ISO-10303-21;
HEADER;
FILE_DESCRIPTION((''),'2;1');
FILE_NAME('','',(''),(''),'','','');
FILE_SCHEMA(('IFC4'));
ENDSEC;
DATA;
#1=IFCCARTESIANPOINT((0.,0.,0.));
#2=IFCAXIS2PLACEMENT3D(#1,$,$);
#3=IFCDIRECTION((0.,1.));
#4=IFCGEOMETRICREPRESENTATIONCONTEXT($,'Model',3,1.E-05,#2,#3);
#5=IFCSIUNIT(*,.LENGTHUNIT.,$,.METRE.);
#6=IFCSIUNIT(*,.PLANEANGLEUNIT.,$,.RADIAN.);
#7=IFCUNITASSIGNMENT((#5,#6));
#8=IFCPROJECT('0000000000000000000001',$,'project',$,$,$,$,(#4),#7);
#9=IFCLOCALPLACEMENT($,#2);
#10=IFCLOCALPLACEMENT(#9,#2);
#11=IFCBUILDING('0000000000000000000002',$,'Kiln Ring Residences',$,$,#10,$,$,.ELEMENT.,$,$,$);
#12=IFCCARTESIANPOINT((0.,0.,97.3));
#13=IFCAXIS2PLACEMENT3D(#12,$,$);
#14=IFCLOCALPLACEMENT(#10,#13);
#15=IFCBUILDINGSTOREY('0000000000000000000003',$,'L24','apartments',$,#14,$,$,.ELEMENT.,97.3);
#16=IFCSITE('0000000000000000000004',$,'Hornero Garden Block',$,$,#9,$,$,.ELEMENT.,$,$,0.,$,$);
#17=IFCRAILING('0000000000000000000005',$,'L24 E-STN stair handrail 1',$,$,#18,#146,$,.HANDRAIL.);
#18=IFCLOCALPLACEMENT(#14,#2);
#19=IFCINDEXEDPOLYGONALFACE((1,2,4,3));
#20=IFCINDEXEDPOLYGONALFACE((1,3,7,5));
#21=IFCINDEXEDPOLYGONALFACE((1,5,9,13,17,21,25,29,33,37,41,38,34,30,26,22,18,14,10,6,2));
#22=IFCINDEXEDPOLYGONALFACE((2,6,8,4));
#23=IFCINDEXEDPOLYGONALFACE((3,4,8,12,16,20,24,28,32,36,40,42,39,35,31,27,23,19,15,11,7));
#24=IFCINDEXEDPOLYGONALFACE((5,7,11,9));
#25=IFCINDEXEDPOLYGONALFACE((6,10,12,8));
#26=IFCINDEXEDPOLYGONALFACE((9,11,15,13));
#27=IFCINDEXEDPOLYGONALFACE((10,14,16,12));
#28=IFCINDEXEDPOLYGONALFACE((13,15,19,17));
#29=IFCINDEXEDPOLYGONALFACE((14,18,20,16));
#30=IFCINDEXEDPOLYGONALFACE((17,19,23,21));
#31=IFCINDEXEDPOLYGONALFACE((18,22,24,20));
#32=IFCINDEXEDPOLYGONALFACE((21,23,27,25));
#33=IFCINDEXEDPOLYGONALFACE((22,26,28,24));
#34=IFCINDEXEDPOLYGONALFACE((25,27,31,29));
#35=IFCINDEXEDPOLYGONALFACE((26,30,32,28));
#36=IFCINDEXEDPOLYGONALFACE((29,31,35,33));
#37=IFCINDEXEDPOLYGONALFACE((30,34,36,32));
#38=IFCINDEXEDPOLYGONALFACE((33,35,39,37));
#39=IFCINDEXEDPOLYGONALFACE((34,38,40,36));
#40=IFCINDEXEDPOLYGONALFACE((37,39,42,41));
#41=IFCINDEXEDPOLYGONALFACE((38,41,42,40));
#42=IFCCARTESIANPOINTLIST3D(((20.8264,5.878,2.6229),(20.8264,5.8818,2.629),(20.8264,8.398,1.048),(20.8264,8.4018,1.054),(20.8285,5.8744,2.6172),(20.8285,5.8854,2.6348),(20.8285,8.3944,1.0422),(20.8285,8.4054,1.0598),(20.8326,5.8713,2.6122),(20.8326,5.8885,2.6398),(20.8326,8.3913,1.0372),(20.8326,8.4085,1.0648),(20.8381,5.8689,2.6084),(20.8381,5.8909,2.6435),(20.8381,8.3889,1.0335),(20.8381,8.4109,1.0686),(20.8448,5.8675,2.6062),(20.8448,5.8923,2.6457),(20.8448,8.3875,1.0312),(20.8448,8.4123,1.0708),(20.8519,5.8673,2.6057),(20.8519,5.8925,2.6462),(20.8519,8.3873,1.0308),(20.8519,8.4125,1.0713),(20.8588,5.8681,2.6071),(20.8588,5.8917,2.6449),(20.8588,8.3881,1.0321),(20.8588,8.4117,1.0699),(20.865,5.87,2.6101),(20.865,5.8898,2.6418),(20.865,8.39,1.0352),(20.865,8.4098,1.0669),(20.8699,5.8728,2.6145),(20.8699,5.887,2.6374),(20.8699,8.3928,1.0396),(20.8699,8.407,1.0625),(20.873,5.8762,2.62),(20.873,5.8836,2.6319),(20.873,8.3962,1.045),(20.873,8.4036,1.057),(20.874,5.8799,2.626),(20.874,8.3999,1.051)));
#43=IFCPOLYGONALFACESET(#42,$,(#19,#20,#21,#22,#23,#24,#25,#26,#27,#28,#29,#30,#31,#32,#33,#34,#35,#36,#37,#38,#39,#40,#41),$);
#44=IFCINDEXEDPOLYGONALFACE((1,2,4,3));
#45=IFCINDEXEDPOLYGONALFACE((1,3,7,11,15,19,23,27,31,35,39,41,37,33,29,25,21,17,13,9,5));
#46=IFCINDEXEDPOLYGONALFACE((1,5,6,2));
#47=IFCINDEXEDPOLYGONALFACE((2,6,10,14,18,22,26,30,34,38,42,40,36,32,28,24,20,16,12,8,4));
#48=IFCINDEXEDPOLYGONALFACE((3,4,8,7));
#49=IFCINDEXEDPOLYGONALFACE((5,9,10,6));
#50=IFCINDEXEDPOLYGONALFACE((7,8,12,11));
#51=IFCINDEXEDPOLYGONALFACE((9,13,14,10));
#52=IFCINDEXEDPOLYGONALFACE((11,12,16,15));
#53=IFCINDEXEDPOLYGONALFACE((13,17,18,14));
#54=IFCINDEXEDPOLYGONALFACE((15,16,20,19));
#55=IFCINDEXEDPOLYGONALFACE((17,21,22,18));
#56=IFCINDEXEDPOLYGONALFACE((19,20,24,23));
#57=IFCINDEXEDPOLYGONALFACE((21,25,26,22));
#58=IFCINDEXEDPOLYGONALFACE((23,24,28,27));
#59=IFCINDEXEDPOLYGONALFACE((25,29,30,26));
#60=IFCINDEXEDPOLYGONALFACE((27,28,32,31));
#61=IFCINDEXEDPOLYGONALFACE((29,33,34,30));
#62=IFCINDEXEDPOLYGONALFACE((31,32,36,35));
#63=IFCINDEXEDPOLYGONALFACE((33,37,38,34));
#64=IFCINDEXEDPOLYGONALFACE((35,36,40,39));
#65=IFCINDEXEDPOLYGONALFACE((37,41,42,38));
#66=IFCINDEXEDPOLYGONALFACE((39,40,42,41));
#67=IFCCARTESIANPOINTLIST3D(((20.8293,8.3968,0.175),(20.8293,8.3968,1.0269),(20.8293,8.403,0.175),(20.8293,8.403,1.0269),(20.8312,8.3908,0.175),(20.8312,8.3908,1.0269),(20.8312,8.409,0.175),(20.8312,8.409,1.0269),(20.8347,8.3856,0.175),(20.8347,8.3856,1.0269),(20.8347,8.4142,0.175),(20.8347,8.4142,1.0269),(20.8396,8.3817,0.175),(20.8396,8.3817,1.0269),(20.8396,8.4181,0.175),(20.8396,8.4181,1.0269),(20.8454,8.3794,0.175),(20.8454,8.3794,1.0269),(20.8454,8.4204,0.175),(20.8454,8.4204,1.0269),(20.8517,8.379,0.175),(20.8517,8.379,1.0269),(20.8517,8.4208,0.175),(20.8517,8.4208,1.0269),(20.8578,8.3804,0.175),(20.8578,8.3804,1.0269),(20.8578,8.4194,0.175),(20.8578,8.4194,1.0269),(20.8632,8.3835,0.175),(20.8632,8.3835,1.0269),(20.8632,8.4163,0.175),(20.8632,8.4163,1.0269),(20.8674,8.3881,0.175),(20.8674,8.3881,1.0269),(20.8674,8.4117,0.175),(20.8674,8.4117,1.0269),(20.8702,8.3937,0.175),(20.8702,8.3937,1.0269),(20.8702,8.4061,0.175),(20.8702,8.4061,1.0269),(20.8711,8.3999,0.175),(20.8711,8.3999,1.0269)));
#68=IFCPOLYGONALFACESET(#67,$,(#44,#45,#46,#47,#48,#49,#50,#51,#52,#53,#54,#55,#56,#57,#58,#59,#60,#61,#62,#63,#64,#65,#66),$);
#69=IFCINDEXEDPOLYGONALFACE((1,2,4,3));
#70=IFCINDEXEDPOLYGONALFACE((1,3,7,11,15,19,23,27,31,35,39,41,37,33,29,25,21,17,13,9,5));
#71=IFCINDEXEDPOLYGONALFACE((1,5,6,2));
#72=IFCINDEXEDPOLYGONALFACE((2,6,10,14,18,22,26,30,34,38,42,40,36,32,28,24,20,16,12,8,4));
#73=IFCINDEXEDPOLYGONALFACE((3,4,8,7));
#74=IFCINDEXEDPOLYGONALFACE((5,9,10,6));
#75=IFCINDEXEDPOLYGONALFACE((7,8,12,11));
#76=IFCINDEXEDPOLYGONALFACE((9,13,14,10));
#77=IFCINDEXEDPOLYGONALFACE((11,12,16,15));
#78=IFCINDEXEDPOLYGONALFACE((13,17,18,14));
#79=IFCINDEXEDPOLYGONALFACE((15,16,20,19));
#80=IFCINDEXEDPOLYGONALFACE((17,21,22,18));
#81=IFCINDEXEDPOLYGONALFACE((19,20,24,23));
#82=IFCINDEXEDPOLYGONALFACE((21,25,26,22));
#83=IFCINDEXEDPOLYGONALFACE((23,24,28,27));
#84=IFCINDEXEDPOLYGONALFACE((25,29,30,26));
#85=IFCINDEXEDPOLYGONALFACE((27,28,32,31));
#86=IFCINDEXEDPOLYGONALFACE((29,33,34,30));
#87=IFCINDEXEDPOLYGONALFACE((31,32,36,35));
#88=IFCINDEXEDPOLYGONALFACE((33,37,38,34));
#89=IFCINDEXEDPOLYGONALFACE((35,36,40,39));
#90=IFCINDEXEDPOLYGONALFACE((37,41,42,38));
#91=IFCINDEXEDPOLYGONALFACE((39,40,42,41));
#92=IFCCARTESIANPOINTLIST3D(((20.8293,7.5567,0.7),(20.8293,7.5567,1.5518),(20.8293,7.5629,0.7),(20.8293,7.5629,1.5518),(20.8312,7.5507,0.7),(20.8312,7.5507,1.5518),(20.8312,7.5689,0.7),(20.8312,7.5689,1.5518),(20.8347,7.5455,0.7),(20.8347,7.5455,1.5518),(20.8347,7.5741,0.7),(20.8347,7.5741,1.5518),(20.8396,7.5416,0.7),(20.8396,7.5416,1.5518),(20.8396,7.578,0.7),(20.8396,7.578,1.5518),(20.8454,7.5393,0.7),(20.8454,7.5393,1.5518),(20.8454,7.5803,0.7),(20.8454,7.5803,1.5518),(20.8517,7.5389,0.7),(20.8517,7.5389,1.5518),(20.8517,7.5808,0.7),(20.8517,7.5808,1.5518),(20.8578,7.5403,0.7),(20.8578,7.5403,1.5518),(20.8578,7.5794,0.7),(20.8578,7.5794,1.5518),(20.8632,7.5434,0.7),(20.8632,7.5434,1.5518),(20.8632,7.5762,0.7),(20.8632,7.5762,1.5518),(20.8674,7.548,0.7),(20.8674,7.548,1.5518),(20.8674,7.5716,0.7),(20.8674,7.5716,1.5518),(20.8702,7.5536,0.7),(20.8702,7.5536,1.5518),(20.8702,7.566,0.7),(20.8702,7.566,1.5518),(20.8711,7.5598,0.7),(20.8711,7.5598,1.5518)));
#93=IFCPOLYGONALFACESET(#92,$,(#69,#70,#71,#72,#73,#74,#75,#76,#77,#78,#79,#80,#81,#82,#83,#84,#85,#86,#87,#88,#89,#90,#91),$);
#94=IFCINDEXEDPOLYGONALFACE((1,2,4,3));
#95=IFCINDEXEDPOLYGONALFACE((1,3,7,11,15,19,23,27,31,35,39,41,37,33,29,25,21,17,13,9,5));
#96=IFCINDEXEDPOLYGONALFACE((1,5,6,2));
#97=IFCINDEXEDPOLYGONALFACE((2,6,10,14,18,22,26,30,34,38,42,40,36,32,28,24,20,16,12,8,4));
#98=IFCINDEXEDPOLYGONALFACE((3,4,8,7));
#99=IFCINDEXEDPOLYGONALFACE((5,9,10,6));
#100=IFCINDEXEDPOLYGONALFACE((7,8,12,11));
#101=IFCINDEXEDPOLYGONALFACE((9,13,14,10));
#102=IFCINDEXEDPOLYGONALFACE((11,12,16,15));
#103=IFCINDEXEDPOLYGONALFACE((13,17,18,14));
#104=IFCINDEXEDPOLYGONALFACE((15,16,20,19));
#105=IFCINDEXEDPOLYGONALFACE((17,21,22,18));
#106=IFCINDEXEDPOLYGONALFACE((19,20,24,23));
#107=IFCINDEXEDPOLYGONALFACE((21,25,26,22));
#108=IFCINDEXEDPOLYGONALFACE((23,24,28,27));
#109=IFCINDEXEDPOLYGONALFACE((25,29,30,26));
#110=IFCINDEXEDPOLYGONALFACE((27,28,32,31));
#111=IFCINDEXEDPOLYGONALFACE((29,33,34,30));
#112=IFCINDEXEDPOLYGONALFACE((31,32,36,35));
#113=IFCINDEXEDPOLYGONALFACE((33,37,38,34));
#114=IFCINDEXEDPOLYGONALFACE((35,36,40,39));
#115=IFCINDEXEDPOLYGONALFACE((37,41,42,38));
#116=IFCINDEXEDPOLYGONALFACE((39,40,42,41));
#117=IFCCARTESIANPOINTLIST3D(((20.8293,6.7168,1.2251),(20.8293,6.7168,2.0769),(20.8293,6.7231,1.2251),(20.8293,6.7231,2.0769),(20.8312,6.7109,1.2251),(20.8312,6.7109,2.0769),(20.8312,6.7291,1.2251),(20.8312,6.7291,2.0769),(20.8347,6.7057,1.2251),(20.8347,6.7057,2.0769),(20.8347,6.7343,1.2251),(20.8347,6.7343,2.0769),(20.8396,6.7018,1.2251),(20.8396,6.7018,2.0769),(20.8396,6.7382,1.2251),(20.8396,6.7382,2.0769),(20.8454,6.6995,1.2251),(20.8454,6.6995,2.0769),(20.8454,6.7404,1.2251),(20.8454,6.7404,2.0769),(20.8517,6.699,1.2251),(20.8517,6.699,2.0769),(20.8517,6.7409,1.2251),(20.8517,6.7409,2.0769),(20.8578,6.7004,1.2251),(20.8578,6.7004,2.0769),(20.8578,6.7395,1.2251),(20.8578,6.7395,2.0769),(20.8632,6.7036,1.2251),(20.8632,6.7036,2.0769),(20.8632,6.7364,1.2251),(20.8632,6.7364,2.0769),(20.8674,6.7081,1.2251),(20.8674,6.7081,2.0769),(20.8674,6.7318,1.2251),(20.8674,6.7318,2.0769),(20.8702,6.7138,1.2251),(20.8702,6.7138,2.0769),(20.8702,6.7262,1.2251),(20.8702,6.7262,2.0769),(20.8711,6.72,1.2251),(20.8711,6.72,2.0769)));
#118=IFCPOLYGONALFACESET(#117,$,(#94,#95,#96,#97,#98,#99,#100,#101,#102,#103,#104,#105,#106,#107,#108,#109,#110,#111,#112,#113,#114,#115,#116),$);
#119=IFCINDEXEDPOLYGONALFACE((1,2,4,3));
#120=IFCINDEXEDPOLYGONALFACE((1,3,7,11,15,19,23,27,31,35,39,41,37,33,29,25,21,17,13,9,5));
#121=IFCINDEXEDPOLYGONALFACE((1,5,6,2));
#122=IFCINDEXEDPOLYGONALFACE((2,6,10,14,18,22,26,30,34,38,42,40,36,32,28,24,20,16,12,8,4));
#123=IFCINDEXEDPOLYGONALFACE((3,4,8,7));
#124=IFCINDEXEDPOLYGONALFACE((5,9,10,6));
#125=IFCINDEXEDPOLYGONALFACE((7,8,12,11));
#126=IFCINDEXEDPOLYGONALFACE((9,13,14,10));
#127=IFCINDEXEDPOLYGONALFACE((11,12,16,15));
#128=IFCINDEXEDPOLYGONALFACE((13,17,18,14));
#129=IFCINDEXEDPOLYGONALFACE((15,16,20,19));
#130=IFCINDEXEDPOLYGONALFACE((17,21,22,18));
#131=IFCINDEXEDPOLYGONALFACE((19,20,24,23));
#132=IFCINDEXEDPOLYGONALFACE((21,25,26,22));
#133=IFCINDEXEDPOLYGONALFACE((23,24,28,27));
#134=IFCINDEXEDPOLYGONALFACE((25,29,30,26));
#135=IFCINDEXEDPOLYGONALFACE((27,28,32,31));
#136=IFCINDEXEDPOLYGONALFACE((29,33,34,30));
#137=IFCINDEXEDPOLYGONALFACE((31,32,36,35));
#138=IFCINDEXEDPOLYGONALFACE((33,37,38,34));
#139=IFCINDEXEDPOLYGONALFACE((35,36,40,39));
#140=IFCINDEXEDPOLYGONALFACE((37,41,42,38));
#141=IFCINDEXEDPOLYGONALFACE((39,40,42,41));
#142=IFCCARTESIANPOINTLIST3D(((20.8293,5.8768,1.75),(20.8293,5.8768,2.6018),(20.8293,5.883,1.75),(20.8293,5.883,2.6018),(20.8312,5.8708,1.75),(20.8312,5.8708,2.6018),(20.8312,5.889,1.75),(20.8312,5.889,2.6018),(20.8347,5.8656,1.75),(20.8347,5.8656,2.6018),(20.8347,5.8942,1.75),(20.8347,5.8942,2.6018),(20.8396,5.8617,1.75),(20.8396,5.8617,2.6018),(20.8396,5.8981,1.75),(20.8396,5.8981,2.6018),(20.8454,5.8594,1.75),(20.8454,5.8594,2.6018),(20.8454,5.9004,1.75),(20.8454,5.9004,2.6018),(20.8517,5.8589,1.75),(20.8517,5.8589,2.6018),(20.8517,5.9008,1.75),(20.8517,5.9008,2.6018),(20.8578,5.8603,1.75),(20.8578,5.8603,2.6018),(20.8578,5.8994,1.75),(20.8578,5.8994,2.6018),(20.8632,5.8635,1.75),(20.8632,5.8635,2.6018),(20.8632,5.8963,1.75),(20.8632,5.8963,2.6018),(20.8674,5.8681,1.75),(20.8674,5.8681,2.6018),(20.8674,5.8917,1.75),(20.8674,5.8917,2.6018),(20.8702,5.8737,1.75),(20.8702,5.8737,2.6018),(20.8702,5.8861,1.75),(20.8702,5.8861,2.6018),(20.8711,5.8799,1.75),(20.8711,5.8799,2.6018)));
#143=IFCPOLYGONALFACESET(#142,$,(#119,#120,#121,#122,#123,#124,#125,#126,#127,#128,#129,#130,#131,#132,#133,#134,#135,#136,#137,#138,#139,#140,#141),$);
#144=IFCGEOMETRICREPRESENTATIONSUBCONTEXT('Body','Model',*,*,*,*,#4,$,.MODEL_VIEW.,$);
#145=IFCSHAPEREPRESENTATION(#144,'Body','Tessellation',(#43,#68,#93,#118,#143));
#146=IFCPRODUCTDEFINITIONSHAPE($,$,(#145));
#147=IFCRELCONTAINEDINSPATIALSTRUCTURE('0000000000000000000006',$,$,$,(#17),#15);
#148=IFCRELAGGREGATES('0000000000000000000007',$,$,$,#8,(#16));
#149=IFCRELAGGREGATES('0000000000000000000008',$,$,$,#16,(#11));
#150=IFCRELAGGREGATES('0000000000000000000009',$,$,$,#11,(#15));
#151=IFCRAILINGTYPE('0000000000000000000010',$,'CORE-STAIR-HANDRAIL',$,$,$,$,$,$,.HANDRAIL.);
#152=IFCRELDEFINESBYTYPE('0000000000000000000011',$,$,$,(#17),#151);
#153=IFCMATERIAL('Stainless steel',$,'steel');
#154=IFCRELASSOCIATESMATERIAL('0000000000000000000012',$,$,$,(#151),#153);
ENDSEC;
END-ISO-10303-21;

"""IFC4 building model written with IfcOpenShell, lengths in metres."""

from ifc_helpers import new_model, si_unit, direction, frame, origin, origin_2d, place, context, subcontext, project, spatial, circle, extrude, material, type_object, element, save


model = new_model("IFC4")

# Units and contexts
model_context = context("Model", 3, precision=1e-05, world=origin(), true_north=direction((0.0, 1.0)))
body_context = subcontext(model_context, "Body", "Model", "MODEL_VIEW")
ifc_project = project(units=[si_unit("LENGTHUNIT", "METRE"), si_unit("PLANEANGLEUNIT", "RADIAN")], contexts=[model_context])

# Site, building, storey
site_placement = place(None, origin())
site = spatial("IfcSite", under=ifc_project, at=site_placement, Name="Hornero Garden Block", CompositionType="ELEMENT", RefElevation=0.0)
building_placement = place(site_placement, origin())
building = spatial("IfcBuilding", under=site, at=building_placement, Name="Kiln Ring Residences", CompositionType="ELEMENT")
storey_placement = place(building_placement, frame((0.0, 0.0, 97.3)))
storey = spatial("IfcBuildingStorey", under=building, at=storey_placement, Name="L24", Description="apartments", CompositionType="ELEMENT", Elevation=97.3)

# Railing
ifc_material_1 = material(Name="Stainless steel", Category="steel")
railing_type_1 = type_object("IfcRailingType", Name="CORE-STAIR-HANDRAIL", PredefinedType="HANDRAIL", material=ifc_material_1)
railing_1_placement = place(storey_placement, frame((20.8501, 8.3999, 0.175)))
element("IfcRailing", 1, at=railing_1_placement, inside=storey, type_object=railing_type_1, Name="L24 E-STN stair handrail 1", PredefinedType="HANDRAIL", context=body_context, shape_type="SweptSolid", body=[
    extrude(circle(Radius=0.0239, at=origin_2d()), frame((0.0, 0.0, 0.876), z_axis=(0.0, -0.848008, 0.529984), x_axis=(1.0, 0.0, 0.0)), (0.0, 0.0, 1.0), 2.9717),
    extrude(circle(Radius=0.021, at=origin_2d()), origin(), (0.0, 0.0, 1.0), 0.8518),
    extrude(circle(Radius=0.021, at=origin_2d()), frame((0.0, -0.8401, 0.5249)), (0.0, 0.0, 1.0), 0.8518),
    extrude(circle(Radius=0.021, at=origin_2d()), frame((0.0, -1.6799, 1.05)), (0.0, 0.0, 1.0), 0.8518),
    extrude(circle(Radius=0.021, at=origin_2d()), frame((0.0, -2.52, 1.575)), (0.0, 0.0, 1.0), 0.8518),
])

save(model, "model.ifc")
